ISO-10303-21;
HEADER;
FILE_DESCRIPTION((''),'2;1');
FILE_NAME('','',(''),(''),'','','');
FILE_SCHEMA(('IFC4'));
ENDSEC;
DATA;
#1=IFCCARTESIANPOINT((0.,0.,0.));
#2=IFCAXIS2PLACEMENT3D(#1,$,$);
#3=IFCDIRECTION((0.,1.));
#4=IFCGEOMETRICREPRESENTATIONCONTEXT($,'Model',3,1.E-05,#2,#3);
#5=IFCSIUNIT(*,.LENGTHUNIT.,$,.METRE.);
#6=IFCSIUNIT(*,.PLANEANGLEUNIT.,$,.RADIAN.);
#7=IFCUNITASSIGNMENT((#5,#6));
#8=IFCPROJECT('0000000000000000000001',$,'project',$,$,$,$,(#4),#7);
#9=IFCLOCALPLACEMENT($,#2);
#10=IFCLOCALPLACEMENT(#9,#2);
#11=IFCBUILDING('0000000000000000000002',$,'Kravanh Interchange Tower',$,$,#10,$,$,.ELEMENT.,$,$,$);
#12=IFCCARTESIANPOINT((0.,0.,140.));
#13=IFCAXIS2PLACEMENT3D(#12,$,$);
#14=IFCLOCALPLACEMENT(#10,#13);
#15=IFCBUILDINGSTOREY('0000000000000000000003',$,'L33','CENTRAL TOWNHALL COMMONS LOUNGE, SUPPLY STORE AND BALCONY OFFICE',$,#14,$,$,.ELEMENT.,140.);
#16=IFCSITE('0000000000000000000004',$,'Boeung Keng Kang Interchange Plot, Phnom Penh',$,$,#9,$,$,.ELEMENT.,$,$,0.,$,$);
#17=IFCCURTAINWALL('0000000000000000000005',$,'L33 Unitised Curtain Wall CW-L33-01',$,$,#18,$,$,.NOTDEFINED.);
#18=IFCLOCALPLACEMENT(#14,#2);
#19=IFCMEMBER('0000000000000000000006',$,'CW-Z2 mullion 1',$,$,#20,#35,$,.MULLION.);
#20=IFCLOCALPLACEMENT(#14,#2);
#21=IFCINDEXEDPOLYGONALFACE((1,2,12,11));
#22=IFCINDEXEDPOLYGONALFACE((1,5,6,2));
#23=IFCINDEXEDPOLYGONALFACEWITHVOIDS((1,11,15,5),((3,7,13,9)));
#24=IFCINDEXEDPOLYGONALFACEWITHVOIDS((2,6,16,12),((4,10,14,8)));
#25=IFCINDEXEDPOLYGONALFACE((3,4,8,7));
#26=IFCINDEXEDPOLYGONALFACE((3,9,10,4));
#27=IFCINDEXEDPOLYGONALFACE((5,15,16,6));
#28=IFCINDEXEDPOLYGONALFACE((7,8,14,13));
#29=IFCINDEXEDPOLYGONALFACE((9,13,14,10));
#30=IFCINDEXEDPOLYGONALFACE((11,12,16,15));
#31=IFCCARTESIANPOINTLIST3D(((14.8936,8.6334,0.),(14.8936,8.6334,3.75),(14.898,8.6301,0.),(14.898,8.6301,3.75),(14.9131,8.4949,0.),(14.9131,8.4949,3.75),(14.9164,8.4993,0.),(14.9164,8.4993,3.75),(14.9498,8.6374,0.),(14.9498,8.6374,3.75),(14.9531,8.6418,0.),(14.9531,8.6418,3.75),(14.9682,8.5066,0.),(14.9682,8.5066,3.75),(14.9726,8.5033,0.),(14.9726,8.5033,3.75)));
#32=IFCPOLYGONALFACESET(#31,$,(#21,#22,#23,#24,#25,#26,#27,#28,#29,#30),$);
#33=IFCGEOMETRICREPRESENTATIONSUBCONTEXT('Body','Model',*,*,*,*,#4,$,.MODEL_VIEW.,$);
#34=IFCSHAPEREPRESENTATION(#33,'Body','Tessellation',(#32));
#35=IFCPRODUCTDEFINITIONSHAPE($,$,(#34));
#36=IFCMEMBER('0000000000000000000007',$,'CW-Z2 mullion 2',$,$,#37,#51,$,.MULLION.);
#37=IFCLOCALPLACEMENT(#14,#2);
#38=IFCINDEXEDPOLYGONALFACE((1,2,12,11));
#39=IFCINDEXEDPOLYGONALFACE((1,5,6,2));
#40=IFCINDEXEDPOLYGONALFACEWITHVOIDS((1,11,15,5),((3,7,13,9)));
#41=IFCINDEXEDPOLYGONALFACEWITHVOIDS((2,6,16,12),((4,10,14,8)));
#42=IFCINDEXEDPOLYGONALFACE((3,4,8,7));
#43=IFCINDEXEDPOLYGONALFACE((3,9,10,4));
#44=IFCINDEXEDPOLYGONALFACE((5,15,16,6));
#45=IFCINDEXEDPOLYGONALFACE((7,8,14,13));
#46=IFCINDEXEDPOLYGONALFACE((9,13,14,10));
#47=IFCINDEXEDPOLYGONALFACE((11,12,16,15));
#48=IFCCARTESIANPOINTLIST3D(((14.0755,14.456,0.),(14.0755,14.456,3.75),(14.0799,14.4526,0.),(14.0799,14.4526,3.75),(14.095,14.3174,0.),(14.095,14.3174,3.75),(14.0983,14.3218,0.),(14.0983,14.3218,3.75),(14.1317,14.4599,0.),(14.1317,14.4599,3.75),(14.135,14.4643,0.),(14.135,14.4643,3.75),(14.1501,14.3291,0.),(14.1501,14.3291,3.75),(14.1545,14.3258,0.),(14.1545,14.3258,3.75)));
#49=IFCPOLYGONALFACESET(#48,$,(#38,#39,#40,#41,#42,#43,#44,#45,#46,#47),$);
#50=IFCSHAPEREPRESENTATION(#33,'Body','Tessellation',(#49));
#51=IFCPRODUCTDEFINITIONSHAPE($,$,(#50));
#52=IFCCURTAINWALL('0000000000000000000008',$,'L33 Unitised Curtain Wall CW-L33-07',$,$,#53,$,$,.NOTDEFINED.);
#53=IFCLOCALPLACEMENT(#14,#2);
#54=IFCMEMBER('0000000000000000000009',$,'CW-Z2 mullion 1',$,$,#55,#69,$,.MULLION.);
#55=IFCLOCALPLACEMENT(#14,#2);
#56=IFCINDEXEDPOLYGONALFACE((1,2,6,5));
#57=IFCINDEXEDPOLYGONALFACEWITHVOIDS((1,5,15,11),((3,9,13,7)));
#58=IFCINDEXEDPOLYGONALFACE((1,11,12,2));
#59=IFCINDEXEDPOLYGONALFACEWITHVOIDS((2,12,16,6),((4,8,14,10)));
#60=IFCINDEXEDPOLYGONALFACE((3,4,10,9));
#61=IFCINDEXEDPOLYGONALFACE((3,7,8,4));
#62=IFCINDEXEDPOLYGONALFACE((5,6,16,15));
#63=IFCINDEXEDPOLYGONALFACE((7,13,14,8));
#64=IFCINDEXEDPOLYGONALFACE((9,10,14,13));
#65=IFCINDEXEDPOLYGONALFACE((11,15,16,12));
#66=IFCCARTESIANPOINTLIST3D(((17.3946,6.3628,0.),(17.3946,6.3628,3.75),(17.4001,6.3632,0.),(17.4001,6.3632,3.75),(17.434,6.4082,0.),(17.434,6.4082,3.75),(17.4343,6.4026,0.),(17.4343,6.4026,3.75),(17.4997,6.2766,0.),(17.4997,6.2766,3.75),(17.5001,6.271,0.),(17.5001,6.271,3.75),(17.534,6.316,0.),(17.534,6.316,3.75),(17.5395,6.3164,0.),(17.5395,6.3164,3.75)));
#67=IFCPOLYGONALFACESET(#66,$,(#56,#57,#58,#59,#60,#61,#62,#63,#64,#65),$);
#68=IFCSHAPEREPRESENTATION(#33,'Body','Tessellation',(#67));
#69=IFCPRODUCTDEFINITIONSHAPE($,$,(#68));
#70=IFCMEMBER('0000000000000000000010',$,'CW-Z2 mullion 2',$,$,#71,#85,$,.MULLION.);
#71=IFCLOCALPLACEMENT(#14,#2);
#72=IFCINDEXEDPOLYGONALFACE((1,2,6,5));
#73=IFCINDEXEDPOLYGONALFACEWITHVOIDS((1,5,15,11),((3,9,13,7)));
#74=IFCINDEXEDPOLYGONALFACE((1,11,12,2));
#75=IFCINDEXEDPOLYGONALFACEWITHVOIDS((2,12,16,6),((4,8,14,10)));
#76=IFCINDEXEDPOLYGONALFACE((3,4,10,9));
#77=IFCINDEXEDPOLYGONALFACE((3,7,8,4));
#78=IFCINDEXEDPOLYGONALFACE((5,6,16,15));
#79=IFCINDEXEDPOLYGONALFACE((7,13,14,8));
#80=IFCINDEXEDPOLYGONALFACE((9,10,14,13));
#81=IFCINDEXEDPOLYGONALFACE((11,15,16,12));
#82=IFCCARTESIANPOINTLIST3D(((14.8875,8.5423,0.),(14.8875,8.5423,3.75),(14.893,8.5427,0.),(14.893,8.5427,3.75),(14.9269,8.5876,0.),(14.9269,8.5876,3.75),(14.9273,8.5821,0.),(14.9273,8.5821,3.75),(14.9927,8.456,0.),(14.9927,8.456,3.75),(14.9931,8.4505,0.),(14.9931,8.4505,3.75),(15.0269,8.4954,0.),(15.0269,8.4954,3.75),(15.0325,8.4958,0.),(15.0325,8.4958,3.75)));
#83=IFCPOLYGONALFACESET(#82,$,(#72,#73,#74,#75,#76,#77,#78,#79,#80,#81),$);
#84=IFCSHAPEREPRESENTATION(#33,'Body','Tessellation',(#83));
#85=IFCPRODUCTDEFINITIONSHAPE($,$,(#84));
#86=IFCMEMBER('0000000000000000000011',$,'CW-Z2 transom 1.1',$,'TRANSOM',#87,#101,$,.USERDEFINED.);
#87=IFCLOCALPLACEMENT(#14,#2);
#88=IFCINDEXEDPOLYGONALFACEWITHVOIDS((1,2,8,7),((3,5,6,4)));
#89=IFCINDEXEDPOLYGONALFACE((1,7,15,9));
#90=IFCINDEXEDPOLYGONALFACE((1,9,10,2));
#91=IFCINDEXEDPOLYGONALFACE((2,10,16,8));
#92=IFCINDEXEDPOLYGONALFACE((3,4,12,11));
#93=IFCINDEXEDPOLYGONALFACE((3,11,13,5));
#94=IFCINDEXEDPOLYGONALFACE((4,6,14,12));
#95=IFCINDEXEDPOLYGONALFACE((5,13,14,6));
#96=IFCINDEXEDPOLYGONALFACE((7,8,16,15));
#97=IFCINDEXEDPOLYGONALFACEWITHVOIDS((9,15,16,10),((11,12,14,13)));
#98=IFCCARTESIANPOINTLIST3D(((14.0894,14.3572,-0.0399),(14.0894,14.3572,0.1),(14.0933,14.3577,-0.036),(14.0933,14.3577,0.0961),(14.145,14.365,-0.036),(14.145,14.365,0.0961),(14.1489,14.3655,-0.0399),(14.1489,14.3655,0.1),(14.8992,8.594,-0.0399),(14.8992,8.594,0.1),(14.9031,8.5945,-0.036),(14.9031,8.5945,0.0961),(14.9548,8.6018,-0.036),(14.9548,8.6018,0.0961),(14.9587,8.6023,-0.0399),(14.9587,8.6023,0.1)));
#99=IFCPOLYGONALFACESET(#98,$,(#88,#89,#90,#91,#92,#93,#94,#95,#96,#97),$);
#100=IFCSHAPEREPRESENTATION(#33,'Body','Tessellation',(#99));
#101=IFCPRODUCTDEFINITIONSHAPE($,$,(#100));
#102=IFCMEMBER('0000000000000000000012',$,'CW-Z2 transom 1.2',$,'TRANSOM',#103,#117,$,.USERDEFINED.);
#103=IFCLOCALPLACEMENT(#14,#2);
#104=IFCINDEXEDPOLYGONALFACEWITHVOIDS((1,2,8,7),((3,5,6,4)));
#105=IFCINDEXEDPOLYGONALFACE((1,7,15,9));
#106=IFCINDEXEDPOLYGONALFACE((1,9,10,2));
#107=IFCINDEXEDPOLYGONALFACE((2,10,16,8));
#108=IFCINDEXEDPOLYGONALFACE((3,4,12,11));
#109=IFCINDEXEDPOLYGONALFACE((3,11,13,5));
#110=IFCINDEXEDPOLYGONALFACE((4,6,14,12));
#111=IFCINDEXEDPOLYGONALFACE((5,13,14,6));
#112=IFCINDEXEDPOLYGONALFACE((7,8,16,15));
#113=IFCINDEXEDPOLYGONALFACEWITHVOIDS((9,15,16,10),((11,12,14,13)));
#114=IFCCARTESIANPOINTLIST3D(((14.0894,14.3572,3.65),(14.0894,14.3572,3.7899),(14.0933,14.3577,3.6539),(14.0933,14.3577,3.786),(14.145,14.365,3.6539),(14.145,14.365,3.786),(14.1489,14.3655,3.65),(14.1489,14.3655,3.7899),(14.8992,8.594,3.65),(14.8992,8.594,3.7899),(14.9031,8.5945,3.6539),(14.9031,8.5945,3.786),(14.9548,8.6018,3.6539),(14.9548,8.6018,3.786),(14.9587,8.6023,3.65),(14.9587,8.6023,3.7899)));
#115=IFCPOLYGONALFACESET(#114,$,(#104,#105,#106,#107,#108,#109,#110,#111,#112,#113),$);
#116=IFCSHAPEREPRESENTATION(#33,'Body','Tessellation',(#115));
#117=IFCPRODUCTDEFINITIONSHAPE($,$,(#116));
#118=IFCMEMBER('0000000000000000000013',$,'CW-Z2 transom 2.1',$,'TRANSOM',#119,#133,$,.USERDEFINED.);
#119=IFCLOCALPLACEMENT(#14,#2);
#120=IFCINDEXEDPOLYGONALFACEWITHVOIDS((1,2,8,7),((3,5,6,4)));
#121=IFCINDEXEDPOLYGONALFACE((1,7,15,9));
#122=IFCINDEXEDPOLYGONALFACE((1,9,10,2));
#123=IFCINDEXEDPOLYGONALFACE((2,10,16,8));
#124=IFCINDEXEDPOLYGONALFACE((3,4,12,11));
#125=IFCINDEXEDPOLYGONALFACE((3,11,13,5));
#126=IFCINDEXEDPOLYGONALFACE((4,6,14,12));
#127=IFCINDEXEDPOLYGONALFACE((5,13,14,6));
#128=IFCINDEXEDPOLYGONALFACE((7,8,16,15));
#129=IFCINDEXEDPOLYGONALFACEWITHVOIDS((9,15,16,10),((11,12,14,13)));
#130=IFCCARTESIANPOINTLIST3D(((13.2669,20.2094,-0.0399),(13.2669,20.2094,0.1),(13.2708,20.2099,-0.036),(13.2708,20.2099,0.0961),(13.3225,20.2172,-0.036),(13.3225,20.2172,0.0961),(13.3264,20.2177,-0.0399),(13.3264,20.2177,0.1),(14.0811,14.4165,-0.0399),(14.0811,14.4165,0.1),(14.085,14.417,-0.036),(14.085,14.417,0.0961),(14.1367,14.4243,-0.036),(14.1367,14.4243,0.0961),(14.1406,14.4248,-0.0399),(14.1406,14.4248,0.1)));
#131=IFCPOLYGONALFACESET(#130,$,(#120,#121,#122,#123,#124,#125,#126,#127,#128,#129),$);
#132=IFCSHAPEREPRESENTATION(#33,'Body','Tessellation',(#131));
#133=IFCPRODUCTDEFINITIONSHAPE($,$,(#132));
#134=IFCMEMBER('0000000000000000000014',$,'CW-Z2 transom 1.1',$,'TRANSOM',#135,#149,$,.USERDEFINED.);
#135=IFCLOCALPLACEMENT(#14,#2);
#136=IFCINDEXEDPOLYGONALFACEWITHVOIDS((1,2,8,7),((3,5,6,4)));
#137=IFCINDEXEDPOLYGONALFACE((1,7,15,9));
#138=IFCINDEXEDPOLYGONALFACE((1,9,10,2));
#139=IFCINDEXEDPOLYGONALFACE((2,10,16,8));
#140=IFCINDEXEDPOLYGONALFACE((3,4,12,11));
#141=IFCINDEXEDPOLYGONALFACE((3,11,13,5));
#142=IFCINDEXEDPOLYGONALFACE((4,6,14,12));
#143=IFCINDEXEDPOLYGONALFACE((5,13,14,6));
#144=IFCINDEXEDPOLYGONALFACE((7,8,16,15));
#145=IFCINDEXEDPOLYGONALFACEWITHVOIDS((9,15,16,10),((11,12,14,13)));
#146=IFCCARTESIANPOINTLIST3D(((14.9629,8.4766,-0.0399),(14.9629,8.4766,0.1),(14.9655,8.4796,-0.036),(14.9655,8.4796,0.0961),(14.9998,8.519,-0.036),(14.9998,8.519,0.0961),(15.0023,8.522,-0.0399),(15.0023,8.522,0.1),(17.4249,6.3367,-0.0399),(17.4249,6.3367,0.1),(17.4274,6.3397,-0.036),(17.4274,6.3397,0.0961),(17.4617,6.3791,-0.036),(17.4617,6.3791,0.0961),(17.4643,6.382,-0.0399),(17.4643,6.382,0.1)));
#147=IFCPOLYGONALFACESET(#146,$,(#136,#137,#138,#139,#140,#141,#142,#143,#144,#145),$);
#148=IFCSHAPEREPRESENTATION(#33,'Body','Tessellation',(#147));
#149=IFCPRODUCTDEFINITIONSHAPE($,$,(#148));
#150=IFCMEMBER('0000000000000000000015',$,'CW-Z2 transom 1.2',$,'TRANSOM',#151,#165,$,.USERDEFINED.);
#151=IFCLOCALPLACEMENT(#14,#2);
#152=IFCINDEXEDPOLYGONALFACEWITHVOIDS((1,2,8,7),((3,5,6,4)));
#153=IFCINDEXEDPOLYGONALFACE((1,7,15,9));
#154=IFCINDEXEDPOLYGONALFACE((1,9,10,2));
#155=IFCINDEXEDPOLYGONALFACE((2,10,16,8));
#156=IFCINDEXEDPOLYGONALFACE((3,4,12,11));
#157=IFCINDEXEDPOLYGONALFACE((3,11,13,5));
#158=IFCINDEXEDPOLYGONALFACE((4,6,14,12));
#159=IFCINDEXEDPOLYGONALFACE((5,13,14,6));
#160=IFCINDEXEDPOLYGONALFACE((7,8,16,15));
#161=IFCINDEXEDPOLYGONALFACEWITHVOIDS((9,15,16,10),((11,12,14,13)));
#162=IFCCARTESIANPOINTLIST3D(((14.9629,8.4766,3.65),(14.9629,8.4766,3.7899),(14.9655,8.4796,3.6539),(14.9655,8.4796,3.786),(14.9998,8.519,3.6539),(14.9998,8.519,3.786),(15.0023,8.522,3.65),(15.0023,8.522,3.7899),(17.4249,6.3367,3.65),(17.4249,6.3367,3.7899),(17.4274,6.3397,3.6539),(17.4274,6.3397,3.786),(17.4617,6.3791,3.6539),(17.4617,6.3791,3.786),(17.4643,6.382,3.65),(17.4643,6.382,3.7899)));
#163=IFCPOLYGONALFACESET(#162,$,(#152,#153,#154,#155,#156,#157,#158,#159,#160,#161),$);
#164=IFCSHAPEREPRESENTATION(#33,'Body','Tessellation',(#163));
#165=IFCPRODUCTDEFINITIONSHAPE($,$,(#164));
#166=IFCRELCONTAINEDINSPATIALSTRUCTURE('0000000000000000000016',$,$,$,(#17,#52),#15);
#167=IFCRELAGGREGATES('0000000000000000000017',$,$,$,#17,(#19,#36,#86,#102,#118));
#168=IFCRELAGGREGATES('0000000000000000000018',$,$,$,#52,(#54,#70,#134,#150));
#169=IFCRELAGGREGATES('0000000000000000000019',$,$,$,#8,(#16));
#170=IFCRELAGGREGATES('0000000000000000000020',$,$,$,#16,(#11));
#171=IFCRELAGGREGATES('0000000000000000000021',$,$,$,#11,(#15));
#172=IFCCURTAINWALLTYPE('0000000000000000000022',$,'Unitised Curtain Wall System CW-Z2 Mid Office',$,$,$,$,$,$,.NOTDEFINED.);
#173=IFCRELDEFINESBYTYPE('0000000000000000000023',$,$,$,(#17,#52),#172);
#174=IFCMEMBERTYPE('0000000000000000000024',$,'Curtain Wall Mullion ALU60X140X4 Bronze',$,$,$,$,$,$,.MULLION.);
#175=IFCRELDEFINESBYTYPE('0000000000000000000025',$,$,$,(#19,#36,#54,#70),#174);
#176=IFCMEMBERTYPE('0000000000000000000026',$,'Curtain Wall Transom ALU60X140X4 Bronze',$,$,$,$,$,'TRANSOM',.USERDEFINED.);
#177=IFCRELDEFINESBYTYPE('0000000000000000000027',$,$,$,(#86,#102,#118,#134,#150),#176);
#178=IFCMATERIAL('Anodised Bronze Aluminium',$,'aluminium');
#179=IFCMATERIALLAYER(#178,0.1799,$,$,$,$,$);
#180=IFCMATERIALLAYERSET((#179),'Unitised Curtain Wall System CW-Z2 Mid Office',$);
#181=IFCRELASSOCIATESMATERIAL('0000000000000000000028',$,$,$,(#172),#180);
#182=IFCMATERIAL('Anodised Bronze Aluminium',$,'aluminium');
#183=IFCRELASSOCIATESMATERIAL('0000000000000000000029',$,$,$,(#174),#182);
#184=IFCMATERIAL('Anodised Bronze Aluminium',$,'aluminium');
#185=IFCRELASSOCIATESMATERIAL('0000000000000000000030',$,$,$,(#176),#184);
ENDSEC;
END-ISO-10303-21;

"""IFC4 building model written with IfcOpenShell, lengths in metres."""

from ifc_helpers import new_model, si_unit, direction, frame, origin, origin_2d, place, context, subcontext, project, spatial, hollow_rectangle, extrude, material, layer, layer_set, material_profile, profile_set, type_object, element, aggregate, save


model = new_model("IFC4")

# Units and contexts
model_context = context("Model", 3, precision=1e-05, world=origin(), true_north=direction((0.0, 1.0)))
body_context = subcontext(model_context, "Body", "Model", "MODEL_VIEW")
ifc_project = project(units=[si_unit("LENGTHUNIT", "METRE"), si_unit("PLANEANGLEUNIT", "RADIAN")], contexts=[model_context])

# Site, building, storey
site_placement = place(None, origin())
site = spatial("IfcSite", under=ifc_project, at=site_placement, Name="Boeung Keng Kang Interchange Plot, Phnom Penh", CompositionType="ELEMENT", RefElevation=0.0)
building_placement = place(site_placement, origin())
building = spatial("IfcBuilding", under=site, at=building_placement, Name="Kravanh Interchange Tower", CompositionType="ELEMENT")
storey_placement = place(building_placement, frame((0.0, 0.0, 140.0)))
storey = spatial("IfcBuildingStorey", under=building, at=storey_placement, Name="L33", Description="CENTRAL TOWNHALL COMMONS LOUNGE, SUPPLY STORE AND BALCONY OFFICE", CompositionType="ELEMENT", Elevation=140.0)

# Curtain walls, members
ifc_material_1 = material(Name="Anodised Bronze Aluminium", Category="aluminium")
ifc_layer_1 = layer(ifc_material_1, 0.1799)
ifc_layer_set_1 = layer_set([ifc_layer_1], Name="Unitised Curtain Wall System CW-Z2 Mid Office")
curtain_wall_type = type_object("IfcCurtainWallType", Name="Unitised Curtain Wall System CW-Z2 Mid Office", PredefinedType="NOTDEFINED", material=ifc_layer_set_1)
curtain_wall_1_placement = place(storey_placement, origin())
curtain_wall_1 = element("IfcCurtainWall", 1, at=curtain_wall_1_placement, inside=storey, type_object=curtain_wall_type, Name="L33 Unitised Curtain Wall CW-L33-01", PredefinedType="NOTDEFINED")
ifc_material_2 = material(Name="Anodised Bronze Aluminium", Category="aluminium")
ifc_material_profile_1 = material_profile(ifc_material_2, hollow_rectangle(XDim=0.0601, YDim=0.1399, WallThickness=0.0039, at=origin_2d()), Name="ALU60X140X4")
ifc_profile_set_1 = profile_set([ifc_material_profile_1], Name="Anodised Bronze Aluminium")
member_type_1 = type_object("IfcMemberType", Name="Curtain Wall Mullion ALU60X140X4 Bronze", PredefinedType="MULLION", material=ifc_profile_set_1)
member_1_placement = place(storey_placement, frame((14.9331, 8.5684, 0.0), z_axis=(0.0, 0.0, 1.0), x_axis=(-0.990268, -0.139173, 0.0)))
member_1 = element("IfcMember", 2, at=member_1_placement, type_object=member_type_1, Name="CW-Z2 mullion 1", PredefinedType="MULLION", context=body_context, shape_type="SweptSolid", body=[
    extrude(hollow_rectangle(XDim=0.0601, YDim=0.1399, WallThickness=0.0039, at=origin_2d()), origin(), (0.0, 0.0, 1.0), 3.75),
])
member_2_placement = place(storey_placement, frame((14.115, 14.3909, 0.0), z_axis=(0.0, 0.0, 1.0), x_axis=(-0.990268, -0.139173, 0.0)))
member_2 = element("IfcMember", 3, at=member_2_placement, type_object=member_type_1, Name="CW-Z2 mullion 2", PredefinedType="MULLION", context=body_context, shape_type="SweptSolid", body=[
    extrude(hollow_rectangle(XDim=0.0601, YDim=0.1399, WallThickness=0.0039, at=origin_2d()), origin(), (0.0, 0.0, 1.0), 3.75),
])
curtain_wall_2_placement = place(storey_placement, origin())
curtain_wall_2 = element("IfcCurtainWall", 4, at=curtain_wall_2_placement, inside=storey, type_object=curtain_wall_type, Name="L33 Unitised Curtain Wall CW-L33-07", PredefinedType="NOTDEFINED")
member_3_placement = place(storey_placement, frame((17.467, 6.3396, 0.0), z_axis=(0.0, 0.0, 1.0), x_axis=(-0.656048, -0.754719, 0.0)))
member_3 = element("IfcMember", 5, at=member_3_placement, type_object=member_type_1, Name="CW-Z2 mullion 1", PredefinedType="MULLION", context=body_context, shape_type="SweptSolid", body=[
    extrude(hollow_rectangle(XDim=0.0601, YDim=0.1399, WallThickness=0.0039, at=origin_2d()), origin(), (0.0, 0.0, 1.0), 3.75),
])
member_4_placement = place(storey_placement, frame((14.96, 8.519, 0.0), z_axis=(0.0, 0.0, 1.0), x_axis=(-0.656048, -0.754719, 0.0)))
member_4 = element("IfcMember", 6, at=member_4_placement, type_object=member_type_1, Name="CW-Z2 mullion 2", PredefinedType="MULLION", context=body_context, shape_type="SweptSolid", body=[
    extrude(hollow_rectangle(XDim=0.0601, YDim=0.1399, WallThickness=0.0039, at=origin_2d()), origin(), (0.0, 0.0, 1.0), 3.75),
])

# Members
ifc_material_3 = material(Name="Anodised Bronze Aluminium", Category="aluminium")
ifc_material_profile_2 = material_profile(ifc_material_3, hollow_rectangle(XDim=0.0601, YDim=0.1399, WallThickness=0.0039, at=origin_2d()), Name="ALU60X140X4")
ifc_profile_set_2 = profile_set([ifc_material_profile_2], Name="Anodised Bronze Aluminium")
member_type_2 = type_object("IfcMemberType", Name="Curtain Wall Transom ALU60X140X4 Bronze", ElementType="TRANSOM", PredefinedType="USERDEFINED", material=ifc_profile_set_2)
member_5_placement = place(storey_placement, frame((14.929, 8.5981, 0.03), z_axis=(-0.139148, 0.990272, 0.0), x_axis=(-0.990272, -0.139148, 0.0)))
member_5 = element("IfcMember", 7, at=member_5_placement, type_object=member_type_2, Name="CW-Z2 transom 1.1", ObjectType="TRANSOM", PredefinedType="USERDEFINED", context=body_context, shape_type="SweptSolid", body=[
    extrude(hollow_rectangle(XDim=0.0601, YDim=0.1399, WallThickness=0.0039, at=origin_2d()), origin(), (0.0, 0.0, 1.0), 5.8198),
])
member_6_placement = place(storey_placement, frame((14.929, 8.5981, 3.72), z_axis=(-0.139148, 0.990272, 0.0), x_axis=(-0.990272, -0.139148, 0.0)))
member_6 = element("IfcMember", 8, at=member_6_placement, type_object=member_type_2, Name="CW-Z2 transom 1.2", ObjectType="TRANSOM", PredefinedType="USERDEFINED", context=body_context, shape_type="SweptSolid", body=[
    extrude(hollow_rectangle(XDim=0.0601, YDim=0.1399, WallThickness=0.0039, at=origin_2d()), origin(), (0.0, 0.0, 1.0), 5.8198),
])
member_7_placement = place(storey_placement, frame((14.1108, 14.4207, 0.03), z_axis=(-0.139183, 0.990267, 0.0), x_axis=(-0.990267, -0.139183, 0.0)))
member_7 = element("IfcMember", 9, at=member_7_placement, type_object=member_type_2, Name="CW-Z2 transom 2.1", ObjectType="TRANSOM", PredefinedType="USERDEFINED", context=body_context, shape_type="SweptSolid", body=[
    extrude(hollow_rectangle(XDim=0.0601, YDim=0.1399, WallThickness=0.0039, at=origin_2d()), origin(), (0.0, 0.0, 1.0), 5.8499),
])
member_8_placement = place(storey_placement, frame((17.4446, 6.3594, 0.03), z_axis=(-0.754742, 0.656021, 0.0), x_axis=(-0.656021, -0.754742, 0.0)))
member_8 = element("IfcMember", 10, at=member_8_placement, type_object=member_type_2, Name="CW-Z2 transom 1.1", ObjectType="TRANSOM", PredefinedType="USERDEFINED", context=body_context, shape_type="SweptSolid", body=[
    extrude(hollow_rectangle(XDim=0.0601, YDim=0.1399, WallThickness=0.0039, at=origin_2d()), origin(), (0.0, 0.0, 1.0), 3.262),
])
member_9_placement = place(storey_placement, frame((17.4446, 6.3594, 3.72), z_axis=(-0.754742, 0.656021, 0.0), x_axis=(-0.656021, -0.754742, 0.0)))
member_9 = element("IfcMember", 11, at=member_9_placement, type_object=member_type_2, Name="CW-Z2 transom 1.2", ObjectType="TRANSOM", PredefinedType="USERDEFINED", context=body_context, shape_type="SweptSolid", body=[
    extrude(hollow_rectangle(XDim=0.0601, YDim=0.1399, WallThickness=0.0039, at=origin_2d()), origin(), (0.0, 0.0, 1.0), 3.262),
])

aggregate(curtain_wall_1, [member_1, member_2, member_5, member_6, member_7])
aggregate(curtain_wall_2, [member_3, member_4, member_8, member_9])

save(model, "model.ifc")
